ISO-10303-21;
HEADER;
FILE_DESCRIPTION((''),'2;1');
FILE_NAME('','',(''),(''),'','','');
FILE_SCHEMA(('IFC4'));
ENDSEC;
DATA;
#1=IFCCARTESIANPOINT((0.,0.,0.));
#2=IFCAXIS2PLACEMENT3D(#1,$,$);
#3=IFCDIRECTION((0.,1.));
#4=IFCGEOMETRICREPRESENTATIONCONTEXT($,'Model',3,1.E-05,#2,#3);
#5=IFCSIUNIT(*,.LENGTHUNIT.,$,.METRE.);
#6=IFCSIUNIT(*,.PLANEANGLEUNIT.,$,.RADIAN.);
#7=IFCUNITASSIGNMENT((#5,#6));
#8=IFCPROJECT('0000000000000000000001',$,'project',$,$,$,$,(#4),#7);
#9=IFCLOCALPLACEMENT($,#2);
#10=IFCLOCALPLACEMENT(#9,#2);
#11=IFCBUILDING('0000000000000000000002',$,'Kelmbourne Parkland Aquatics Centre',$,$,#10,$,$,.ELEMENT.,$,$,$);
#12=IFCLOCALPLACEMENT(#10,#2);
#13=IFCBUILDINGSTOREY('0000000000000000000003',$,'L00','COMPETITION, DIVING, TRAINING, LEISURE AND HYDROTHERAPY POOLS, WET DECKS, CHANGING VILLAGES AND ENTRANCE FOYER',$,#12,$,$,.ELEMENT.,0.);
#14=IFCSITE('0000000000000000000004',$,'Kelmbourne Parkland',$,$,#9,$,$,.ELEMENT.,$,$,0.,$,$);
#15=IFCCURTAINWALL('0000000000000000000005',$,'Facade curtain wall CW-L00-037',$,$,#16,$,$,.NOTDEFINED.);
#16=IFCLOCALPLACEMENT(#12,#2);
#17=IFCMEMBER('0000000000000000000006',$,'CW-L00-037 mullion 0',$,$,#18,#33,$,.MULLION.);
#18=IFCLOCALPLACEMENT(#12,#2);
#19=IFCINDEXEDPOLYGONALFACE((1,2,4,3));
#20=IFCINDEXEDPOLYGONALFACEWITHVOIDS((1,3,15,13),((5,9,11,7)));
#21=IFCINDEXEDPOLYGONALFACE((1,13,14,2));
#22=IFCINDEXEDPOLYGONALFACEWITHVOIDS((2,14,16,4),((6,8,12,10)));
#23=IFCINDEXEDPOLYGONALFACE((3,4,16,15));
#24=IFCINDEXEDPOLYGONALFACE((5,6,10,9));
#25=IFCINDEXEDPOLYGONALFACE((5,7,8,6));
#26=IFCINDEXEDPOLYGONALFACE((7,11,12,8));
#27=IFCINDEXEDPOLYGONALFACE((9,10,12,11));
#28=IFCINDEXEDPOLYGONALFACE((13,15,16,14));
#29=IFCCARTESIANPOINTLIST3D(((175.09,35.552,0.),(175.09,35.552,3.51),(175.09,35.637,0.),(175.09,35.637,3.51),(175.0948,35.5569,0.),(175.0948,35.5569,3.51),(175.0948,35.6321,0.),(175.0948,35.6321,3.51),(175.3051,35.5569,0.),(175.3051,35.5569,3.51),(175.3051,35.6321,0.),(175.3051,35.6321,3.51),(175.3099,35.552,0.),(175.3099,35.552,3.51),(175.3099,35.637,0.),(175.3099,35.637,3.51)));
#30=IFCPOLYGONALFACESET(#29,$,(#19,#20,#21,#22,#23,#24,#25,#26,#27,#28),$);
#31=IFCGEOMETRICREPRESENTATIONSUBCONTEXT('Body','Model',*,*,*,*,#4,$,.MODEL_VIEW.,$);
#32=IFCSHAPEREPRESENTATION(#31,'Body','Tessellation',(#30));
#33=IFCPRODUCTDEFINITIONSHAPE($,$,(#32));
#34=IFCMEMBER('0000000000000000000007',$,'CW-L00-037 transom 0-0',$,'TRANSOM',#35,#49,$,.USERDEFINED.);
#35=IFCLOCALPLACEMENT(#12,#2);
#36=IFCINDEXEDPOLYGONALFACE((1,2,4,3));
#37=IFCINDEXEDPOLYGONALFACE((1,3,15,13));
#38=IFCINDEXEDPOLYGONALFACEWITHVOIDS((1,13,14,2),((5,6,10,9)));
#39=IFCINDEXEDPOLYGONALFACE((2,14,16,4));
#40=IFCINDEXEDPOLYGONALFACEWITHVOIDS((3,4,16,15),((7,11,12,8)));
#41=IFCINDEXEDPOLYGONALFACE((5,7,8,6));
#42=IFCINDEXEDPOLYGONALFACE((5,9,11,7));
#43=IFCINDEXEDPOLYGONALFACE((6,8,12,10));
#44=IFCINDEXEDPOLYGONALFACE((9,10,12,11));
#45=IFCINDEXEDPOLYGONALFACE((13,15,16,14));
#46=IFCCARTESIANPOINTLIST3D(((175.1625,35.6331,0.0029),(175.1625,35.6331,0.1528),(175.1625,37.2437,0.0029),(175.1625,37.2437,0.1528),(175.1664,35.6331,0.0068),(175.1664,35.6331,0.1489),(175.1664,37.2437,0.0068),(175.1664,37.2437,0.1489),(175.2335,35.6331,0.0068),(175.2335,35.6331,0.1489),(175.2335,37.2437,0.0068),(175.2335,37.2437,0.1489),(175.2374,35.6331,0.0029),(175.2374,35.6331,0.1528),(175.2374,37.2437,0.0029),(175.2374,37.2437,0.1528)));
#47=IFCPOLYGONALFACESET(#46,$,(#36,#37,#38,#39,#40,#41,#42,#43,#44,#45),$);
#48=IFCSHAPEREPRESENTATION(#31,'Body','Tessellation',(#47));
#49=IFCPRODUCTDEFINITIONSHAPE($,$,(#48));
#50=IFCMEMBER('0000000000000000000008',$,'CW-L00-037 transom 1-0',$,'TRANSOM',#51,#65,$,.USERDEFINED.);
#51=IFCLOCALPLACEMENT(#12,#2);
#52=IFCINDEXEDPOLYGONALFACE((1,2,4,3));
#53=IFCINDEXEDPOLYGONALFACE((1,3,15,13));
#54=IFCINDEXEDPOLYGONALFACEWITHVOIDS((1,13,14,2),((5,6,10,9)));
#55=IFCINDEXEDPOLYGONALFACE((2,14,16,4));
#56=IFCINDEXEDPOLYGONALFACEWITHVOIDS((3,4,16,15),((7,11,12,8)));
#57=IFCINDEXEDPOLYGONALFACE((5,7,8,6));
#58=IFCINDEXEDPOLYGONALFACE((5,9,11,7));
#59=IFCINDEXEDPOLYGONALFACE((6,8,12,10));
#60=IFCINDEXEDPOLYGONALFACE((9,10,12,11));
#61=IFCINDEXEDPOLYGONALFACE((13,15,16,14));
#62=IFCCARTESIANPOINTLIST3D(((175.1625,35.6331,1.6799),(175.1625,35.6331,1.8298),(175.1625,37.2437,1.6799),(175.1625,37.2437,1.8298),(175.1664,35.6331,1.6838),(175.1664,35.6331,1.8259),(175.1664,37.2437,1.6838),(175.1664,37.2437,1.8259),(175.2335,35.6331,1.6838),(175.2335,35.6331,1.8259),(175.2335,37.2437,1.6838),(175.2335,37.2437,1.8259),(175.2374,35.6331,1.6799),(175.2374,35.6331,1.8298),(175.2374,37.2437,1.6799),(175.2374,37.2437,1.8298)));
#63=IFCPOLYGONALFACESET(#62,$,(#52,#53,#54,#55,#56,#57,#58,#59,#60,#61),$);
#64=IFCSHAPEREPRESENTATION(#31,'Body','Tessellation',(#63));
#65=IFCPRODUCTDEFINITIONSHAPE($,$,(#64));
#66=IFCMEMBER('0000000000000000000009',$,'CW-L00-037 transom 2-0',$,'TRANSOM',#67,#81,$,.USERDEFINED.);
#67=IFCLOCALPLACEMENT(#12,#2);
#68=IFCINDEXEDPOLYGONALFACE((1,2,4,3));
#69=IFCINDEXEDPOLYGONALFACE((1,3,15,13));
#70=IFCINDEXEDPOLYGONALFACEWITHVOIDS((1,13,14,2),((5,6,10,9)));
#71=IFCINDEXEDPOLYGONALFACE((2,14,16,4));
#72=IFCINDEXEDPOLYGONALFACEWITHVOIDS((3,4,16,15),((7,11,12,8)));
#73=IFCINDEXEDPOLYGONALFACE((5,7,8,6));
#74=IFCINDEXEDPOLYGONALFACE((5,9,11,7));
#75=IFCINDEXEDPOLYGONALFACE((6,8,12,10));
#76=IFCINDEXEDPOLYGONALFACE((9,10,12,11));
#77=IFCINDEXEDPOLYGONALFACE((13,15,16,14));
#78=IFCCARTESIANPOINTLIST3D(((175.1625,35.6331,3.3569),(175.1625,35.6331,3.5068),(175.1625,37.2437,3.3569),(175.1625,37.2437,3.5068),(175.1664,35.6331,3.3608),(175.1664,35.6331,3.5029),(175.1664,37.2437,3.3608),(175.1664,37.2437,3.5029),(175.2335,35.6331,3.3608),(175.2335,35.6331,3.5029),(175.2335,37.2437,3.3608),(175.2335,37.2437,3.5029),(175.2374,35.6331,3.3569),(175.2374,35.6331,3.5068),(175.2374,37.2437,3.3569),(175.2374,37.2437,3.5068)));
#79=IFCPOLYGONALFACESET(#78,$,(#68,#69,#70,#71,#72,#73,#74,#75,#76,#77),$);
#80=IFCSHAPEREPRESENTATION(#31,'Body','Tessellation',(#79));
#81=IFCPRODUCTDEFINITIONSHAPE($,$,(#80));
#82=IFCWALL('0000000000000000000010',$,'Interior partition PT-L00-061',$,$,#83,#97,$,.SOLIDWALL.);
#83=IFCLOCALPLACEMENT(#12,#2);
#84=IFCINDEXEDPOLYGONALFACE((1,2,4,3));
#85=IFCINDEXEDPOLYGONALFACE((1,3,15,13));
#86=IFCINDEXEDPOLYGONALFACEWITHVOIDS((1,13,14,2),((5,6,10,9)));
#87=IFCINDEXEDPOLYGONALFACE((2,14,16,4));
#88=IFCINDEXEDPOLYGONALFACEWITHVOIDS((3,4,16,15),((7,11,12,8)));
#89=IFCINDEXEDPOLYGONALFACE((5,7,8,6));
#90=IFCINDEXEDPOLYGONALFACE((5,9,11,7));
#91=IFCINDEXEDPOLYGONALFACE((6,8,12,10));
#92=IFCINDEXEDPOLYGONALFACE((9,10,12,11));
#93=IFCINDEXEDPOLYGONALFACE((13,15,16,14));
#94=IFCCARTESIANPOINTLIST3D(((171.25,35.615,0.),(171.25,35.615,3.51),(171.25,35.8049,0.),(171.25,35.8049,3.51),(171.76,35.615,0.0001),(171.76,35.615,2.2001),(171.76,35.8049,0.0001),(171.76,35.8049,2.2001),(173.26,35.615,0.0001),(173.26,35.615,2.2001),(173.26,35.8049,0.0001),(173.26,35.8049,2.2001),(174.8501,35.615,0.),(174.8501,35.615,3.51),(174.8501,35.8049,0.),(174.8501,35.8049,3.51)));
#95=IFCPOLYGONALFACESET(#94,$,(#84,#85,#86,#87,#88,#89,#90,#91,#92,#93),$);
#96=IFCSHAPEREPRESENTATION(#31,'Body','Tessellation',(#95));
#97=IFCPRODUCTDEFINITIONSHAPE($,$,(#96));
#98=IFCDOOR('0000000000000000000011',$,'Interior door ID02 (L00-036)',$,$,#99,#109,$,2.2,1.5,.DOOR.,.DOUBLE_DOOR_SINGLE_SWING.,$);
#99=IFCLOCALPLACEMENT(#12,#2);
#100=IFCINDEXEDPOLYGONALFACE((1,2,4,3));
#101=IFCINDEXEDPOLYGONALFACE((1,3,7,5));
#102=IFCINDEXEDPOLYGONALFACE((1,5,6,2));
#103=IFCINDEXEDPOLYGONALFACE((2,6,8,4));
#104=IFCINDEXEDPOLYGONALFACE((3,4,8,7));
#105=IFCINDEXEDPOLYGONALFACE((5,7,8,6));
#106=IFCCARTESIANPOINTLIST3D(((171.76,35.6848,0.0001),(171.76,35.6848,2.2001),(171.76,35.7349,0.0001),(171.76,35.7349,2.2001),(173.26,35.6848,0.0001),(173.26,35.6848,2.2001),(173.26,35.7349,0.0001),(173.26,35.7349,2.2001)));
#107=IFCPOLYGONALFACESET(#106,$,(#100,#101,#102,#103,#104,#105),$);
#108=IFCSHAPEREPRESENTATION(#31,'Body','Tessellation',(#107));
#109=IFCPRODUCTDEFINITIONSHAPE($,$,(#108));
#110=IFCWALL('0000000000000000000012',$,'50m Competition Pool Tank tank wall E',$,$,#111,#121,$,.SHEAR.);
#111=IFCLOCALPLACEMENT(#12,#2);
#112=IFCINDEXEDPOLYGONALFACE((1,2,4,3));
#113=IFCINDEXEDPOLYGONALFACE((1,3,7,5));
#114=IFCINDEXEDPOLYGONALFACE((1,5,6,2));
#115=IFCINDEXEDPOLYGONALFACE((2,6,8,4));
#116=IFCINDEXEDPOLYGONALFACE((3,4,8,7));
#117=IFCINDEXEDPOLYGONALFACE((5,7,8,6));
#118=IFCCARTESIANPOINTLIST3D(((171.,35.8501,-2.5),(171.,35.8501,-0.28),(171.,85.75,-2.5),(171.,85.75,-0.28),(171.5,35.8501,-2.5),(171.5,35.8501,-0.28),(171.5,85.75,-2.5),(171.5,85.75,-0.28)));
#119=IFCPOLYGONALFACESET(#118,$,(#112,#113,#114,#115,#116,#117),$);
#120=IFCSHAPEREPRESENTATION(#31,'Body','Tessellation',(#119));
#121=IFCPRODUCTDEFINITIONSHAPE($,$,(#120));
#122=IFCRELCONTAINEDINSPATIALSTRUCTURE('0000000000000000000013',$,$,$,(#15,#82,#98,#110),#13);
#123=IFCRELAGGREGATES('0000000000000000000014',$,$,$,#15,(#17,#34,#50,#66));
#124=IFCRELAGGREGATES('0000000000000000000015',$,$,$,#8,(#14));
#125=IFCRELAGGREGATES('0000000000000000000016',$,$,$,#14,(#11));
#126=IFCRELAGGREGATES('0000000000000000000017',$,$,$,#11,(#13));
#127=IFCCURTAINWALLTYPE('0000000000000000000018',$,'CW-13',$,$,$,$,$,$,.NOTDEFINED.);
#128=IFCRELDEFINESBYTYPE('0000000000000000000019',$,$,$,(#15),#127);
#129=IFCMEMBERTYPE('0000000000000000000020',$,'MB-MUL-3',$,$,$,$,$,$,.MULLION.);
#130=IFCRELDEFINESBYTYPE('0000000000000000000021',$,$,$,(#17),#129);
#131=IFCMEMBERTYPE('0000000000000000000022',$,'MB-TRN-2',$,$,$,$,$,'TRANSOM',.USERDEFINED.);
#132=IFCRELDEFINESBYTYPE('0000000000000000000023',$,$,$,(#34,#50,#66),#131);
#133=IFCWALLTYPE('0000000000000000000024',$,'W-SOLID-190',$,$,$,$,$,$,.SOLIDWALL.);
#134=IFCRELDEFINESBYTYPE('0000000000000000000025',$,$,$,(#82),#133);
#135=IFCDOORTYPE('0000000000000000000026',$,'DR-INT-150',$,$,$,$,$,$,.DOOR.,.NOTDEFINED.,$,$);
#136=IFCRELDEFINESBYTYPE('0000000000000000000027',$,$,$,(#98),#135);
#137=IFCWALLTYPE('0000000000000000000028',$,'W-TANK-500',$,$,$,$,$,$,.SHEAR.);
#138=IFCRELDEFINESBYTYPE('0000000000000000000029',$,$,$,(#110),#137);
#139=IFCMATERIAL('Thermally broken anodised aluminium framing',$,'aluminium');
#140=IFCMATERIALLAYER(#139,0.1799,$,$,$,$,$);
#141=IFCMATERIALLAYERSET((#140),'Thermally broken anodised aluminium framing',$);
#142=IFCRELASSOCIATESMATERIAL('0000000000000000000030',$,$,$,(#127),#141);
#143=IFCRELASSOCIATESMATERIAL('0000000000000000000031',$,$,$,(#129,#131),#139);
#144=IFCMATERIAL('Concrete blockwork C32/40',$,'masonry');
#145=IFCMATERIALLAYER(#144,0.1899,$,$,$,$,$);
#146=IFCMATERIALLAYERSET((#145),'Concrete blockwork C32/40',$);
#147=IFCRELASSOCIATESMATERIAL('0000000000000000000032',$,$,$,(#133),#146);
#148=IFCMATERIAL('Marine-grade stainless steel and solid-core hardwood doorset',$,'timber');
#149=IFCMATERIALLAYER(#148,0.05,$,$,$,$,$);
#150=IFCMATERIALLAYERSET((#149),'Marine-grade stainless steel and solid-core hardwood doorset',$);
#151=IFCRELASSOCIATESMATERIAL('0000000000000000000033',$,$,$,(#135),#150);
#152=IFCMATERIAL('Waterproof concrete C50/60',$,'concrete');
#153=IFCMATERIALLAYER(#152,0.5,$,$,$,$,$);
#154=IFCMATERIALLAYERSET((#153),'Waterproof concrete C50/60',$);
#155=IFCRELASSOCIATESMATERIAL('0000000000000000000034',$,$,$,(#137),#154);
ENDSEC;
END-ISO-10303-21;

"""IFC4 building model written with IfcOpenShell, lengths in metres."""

from ifc_helpers import new_model, si_unit, direction, frame, frame_2d, origin, origin_2d, place, context, subcontext, project, spatial, rectangle, hollow_rectangle, extrude, material, layer, layer_set, material_profile, profile_set, type_object, element, fill, aggregate, save


model = new_model("IFC4")

# Units and contexts
model_context = context("Model", 3, precision=1e-05, world=origin(), true_north=direction((0.0, 1.0)))
body_context = subcontext(model_context, "Body", "Model", "MODEL_VIEW")
ifc_project = project(units=[si_unit("LENGTHUNIT", "METRE"), si_unit("PLANEANGLEUNIT", "RADIAN")], contexts=[model_context])

# Site, building, storey
site_placement = place(None, origin())
site = spatial("IfcSite", under=ifc_project, at=site_placement, Name="Kelmbourne Parkland", CompositionType="ELEMENT", RefElevation=0.0)
building_placement = place(site_placement, origin())
building = spatial("IfcBuilding", under=site, at=building_placement, Name="Kelmbourne Parkland Aquatics Centre", CompositionType="ELEMENT")
storey_placement = place(building_placement, origin())
storey = spatial("IfcBuildingStorey", under=building, at=storey_placement, Name="L00", Description="COMPETITION, DIVING, TRAINING, LEISURE AND HYDROTHERAPY POOLS, WET DECKS, CHANGING VILLAGES AND ENTRANCE FOYER", CompositionType="ELEMENT", Elevation=0.0)

# Curtain wall, members
ifc_material_1 = material(Name="Thermally broken anodised aluminium framing", Category="aluminium")
ifc_layer_1 = layer(ifc_material_1, 0.1799)
ifc_layer_set_1 = layer_set([ifc_layer_1], Name="Thermally broken anodised aluminium framing")
curtain_wall_type = type_object("IfcCurtainWallType", Name="CW-13", PredefinedType="NOTDEFINED", material=ifc_layer_set_1)
curtain_wall_placement = place(storey_placement, origin())
curtain_wall = element("IfcCurtainWall", 1, at=curtain_wall_placement, inside=storey, type_object=curtain_wall_type, Name="Facade curtain wall CW-L00-037", PredefinedType="NOTDEFINED")
ifc_material_profile_1 = material_profile(ifc_material_1, hollow_rectangle(XDim=0.085, YDim=0.22, WallThickness=0.0049, at=origin_2d()), Name="CW-M 85x220")
ifc_profile_set_1 = profile_set([ifc_material_profile_1], Name="Thermally broken anodised aluminium framing")
member_type_1 = type_object("IfcMemberType", Name="MB-MUL-3", PredefinedType="MULLION", material=ifc_profile_set_1)
member_1_placement = place(storey_placement, frame((175.2, 35.5945, 0.0), z_axis=(0.0, 0.0, 1.0), x_axis=(0.0, 1.0, 0.0)))
member_1 = element("IfcMember", 2, at=member_1_placement, type_object=member_type_1, Name="CW-L00-037 mullion 0", PredefinedType="MULLION", context=body_context, shape_type="SweptSolid", body=[
    extrude(hollow_rectangle(XDim=0.085, YDim=0.22, WallThickness=0.0049, at=origin_2d()), origin(), (0.0, 0.0, 1.0), 3.51),
])
ifc_material_profile_2 = material_profile(ifc_material_1, hollow_rectangle(XDim=0.075, YDim=0.1499, WallThickness=0.0039, at=origin_2d()), Name="CW-T 75x150")
ifc_profile_set_2 = profile_set([ifc_material_profile_2], Name="Thermally broken anodised aluminium framing")
member_type_2 = type_object("IfcMemberType", Name="MB-TRN-2", ElementType="TRANSOM", PredefinedType="USERDEFINED", material=ifc_profile_set_2)
member_2_placement = place(storey_placement, frame((175.2, 35.6331, 0.0779), z_axis=(0.0, 1.0, 0.0), x_axis=(-1.0, 0.0, 0.0)))
member_2 = element("IfcMember", 3, at=member_2_placement, type_object=member_type_2, Name="CW-L00-037 transom 0-0", ObjectType="TRANSOM", PredefinedType="USERDEFINED", context=body_context, shape_type="SweptSolid", body=[
    extrude(hollow_rectangle(XDim=0.075, YDim=0.1499, WallThickness=0.0039, at=origin_2d()), origin(), (0.0, 0.0, 1.0), 1.6106),
])
member_3_placement = place(storey_placement, frame((175.2, 35.6331, 1.7549), z_axis=(0.0, 1.0, 0.0), x_axis=(-1.0, 0.0, 0.0)))
member_3 = element("IfcMember", 4, at=member_3_placement, type_object=member_type_2, Name="CW-L00-037 transom 1-0", ObjectType="TRANSOM", PredefinedType="USERDEFINED", context=body_context, shape_type="SweptSolid", body=[
    extrude(hollow_rectangle(XDim=0.075, YDim=0.1499, WallThickness=0.0039, at=origin_2d()), origin(), (0.0, 0.0, 1.0), 1.6106),
])
member_4_placement = place(storey_placement, frame((175.2, 35.6331, 3.4319), z_axis=(0.0, 1.0, 0.0), x_axis=(-1.0, 0.0, 0.0)))
member_4 = element("IfcMember", 5, at=member_4_placement, type_object=member_type_2, Name="CW-L00-037 transom 2-0", ObjectType="TRANSOM", PredefinedType="USERDEFINED", context=body_context, shape_type="SweptSolid", body=[
    extrude(hollow_rectangle(XDim=0.075, YDim=0.1499, WallThickness=0.0039, at=origin_2d()), origin(), (0.0, 0.0, 1.0), 1.6106),
])
aggregate(curtain_wall, [member_1, member_2, member_3, member_4])

# Wall, opening, door
ifc_material_2 = material(Name="Concrete blockwork C32/40", Category="masonry")
ifc_layer_2 = layer(ifc_material_2, 0.1899)
ifc_layer_set_2 = layer_set([ifc_layer_2], Name="Concrete blockwork C32/40")
wall_type_1 = type_object("IfcWallType", Name="W-SOLID-190", PredefinedType="SOLIDWALL", material=ifc_layer_set_2)
wall_1_placement = place(storey_placement, frame((171.25, 35.71, 0.0), z_axis=(0.0, 0.0, 1.0), x_axis=(1.0, 0.0, 0.0)))
wall_1 = element("IfcWall", 6, at=wall_1_placement, inside=storey, type_object=wall_type_1, Name="Interior partition PT-L00-061", PredefinedType="SOLIDWALL", context=body_context, shape_type="SweptSolid", body=[
    extrude(rectangle(XDim=3.6001, YDim=0.1899, at=frame_2d((1.8, 0.0))), origin(), (0.0, 0.0, 1.0), 3.51),
])
opening_1_placement = place(wall_1_placement, frame((0.51, 0.0, 0.0)))
opening_1 = element("IfcOpeningElement", 7, at=opening_1_placement, cuts=wall_1, PredefinedType="OPENING", context=body_context, shape_type="SweptSolid", body=[
    extrude(rectangle(XDim=1.5, YDim=2.2, at=frame_2d((0.75, 1.1001))), frame((0.0, 0.1069, 0.0), z_axis=(0.0, -1.0, 0.0), x_axis=(1.0, 0.0, 0.0)), (0.0, 0.0, 1.0), 0.2139),
])
ifc_material_3 = material(Name="Marine-grade stainless steel and solid-core hardwood doorset", Category="timber")
ifc_layer_3 = layer(ifc_material_3, 0.05)
ifc_layer_set_3 = layer_set([ifc_layer_3], Name="Marine-grade stainless steel and solid-core hardwood doorset")
door_type_1 = type_object("IfcDoorType", Name="DR-INT-150", OperationType="NOTDEFINED", PredefinedType="DOOR", material=ifc_layer_set_3)
door_1_placement = place(opening_1_placement, origin())
door_1 = element("IfcDoor", 8, at=door_1_placement, inside=storey, type_object=door_type_1, Name="Interior door ID02 (L00-036)", OperationType="DOUBLE_DOOR_SINGLE_SWING", OverallHeight=2.2, OverallWidth=1.5, PredefinedType="DOOR", context=body_context, shape_type="SweptSolid", body=[
    extrude(rectangle(XDim=1.5, YDim=2.2, at=frame_2d((0.75, 1.1001))), frame((0.0, 0.0249, 0.0), z_axis=(0.0, -1.0, 0.0), x_axis=(1.0, 0.0, 0.0)), (0.0, 0.0, 1.0), 0.05),
])
fill(opening_1, door_1)

# Wall
ifc_material_4 = material(Name="Waterproof concrete C50/60", Category="concrete")
ifc_layer_4 = layer(ifc_material_4, 0.5)
ifc_layer_set_4 = layer_set([ifc_layer_4], Name="Waterproof concrete C50/60")
wall_type_2 = type_object("IfcWallType", Name="W-TANK-500", PredefinedType="SHEAR", material=ifc_layer_set_4)
wall_2_placement = place(storey_placement, frame((171.25, 35.8501, -2.5), z_axis=(0.0, 0.0, 1.0), x_axis=(0.0, 1.0, 0.0)))
element("IfcWall", 9, at=wall_2_placement, inside=storey, type_object=wall_type_2, Name="50m Competition Pool Tank tank wall E", PredefinedType="SHEAR", context=body_context, shape_type="SweptSolid", body=[
    extrude(rectangle(XDim=49.8999, YDim=0.5, at=frame_2d((24.95, 0.0))), origin(), (0.0, 0.0, 1.0), 2.22),
])

save(model, "model.ifc")
